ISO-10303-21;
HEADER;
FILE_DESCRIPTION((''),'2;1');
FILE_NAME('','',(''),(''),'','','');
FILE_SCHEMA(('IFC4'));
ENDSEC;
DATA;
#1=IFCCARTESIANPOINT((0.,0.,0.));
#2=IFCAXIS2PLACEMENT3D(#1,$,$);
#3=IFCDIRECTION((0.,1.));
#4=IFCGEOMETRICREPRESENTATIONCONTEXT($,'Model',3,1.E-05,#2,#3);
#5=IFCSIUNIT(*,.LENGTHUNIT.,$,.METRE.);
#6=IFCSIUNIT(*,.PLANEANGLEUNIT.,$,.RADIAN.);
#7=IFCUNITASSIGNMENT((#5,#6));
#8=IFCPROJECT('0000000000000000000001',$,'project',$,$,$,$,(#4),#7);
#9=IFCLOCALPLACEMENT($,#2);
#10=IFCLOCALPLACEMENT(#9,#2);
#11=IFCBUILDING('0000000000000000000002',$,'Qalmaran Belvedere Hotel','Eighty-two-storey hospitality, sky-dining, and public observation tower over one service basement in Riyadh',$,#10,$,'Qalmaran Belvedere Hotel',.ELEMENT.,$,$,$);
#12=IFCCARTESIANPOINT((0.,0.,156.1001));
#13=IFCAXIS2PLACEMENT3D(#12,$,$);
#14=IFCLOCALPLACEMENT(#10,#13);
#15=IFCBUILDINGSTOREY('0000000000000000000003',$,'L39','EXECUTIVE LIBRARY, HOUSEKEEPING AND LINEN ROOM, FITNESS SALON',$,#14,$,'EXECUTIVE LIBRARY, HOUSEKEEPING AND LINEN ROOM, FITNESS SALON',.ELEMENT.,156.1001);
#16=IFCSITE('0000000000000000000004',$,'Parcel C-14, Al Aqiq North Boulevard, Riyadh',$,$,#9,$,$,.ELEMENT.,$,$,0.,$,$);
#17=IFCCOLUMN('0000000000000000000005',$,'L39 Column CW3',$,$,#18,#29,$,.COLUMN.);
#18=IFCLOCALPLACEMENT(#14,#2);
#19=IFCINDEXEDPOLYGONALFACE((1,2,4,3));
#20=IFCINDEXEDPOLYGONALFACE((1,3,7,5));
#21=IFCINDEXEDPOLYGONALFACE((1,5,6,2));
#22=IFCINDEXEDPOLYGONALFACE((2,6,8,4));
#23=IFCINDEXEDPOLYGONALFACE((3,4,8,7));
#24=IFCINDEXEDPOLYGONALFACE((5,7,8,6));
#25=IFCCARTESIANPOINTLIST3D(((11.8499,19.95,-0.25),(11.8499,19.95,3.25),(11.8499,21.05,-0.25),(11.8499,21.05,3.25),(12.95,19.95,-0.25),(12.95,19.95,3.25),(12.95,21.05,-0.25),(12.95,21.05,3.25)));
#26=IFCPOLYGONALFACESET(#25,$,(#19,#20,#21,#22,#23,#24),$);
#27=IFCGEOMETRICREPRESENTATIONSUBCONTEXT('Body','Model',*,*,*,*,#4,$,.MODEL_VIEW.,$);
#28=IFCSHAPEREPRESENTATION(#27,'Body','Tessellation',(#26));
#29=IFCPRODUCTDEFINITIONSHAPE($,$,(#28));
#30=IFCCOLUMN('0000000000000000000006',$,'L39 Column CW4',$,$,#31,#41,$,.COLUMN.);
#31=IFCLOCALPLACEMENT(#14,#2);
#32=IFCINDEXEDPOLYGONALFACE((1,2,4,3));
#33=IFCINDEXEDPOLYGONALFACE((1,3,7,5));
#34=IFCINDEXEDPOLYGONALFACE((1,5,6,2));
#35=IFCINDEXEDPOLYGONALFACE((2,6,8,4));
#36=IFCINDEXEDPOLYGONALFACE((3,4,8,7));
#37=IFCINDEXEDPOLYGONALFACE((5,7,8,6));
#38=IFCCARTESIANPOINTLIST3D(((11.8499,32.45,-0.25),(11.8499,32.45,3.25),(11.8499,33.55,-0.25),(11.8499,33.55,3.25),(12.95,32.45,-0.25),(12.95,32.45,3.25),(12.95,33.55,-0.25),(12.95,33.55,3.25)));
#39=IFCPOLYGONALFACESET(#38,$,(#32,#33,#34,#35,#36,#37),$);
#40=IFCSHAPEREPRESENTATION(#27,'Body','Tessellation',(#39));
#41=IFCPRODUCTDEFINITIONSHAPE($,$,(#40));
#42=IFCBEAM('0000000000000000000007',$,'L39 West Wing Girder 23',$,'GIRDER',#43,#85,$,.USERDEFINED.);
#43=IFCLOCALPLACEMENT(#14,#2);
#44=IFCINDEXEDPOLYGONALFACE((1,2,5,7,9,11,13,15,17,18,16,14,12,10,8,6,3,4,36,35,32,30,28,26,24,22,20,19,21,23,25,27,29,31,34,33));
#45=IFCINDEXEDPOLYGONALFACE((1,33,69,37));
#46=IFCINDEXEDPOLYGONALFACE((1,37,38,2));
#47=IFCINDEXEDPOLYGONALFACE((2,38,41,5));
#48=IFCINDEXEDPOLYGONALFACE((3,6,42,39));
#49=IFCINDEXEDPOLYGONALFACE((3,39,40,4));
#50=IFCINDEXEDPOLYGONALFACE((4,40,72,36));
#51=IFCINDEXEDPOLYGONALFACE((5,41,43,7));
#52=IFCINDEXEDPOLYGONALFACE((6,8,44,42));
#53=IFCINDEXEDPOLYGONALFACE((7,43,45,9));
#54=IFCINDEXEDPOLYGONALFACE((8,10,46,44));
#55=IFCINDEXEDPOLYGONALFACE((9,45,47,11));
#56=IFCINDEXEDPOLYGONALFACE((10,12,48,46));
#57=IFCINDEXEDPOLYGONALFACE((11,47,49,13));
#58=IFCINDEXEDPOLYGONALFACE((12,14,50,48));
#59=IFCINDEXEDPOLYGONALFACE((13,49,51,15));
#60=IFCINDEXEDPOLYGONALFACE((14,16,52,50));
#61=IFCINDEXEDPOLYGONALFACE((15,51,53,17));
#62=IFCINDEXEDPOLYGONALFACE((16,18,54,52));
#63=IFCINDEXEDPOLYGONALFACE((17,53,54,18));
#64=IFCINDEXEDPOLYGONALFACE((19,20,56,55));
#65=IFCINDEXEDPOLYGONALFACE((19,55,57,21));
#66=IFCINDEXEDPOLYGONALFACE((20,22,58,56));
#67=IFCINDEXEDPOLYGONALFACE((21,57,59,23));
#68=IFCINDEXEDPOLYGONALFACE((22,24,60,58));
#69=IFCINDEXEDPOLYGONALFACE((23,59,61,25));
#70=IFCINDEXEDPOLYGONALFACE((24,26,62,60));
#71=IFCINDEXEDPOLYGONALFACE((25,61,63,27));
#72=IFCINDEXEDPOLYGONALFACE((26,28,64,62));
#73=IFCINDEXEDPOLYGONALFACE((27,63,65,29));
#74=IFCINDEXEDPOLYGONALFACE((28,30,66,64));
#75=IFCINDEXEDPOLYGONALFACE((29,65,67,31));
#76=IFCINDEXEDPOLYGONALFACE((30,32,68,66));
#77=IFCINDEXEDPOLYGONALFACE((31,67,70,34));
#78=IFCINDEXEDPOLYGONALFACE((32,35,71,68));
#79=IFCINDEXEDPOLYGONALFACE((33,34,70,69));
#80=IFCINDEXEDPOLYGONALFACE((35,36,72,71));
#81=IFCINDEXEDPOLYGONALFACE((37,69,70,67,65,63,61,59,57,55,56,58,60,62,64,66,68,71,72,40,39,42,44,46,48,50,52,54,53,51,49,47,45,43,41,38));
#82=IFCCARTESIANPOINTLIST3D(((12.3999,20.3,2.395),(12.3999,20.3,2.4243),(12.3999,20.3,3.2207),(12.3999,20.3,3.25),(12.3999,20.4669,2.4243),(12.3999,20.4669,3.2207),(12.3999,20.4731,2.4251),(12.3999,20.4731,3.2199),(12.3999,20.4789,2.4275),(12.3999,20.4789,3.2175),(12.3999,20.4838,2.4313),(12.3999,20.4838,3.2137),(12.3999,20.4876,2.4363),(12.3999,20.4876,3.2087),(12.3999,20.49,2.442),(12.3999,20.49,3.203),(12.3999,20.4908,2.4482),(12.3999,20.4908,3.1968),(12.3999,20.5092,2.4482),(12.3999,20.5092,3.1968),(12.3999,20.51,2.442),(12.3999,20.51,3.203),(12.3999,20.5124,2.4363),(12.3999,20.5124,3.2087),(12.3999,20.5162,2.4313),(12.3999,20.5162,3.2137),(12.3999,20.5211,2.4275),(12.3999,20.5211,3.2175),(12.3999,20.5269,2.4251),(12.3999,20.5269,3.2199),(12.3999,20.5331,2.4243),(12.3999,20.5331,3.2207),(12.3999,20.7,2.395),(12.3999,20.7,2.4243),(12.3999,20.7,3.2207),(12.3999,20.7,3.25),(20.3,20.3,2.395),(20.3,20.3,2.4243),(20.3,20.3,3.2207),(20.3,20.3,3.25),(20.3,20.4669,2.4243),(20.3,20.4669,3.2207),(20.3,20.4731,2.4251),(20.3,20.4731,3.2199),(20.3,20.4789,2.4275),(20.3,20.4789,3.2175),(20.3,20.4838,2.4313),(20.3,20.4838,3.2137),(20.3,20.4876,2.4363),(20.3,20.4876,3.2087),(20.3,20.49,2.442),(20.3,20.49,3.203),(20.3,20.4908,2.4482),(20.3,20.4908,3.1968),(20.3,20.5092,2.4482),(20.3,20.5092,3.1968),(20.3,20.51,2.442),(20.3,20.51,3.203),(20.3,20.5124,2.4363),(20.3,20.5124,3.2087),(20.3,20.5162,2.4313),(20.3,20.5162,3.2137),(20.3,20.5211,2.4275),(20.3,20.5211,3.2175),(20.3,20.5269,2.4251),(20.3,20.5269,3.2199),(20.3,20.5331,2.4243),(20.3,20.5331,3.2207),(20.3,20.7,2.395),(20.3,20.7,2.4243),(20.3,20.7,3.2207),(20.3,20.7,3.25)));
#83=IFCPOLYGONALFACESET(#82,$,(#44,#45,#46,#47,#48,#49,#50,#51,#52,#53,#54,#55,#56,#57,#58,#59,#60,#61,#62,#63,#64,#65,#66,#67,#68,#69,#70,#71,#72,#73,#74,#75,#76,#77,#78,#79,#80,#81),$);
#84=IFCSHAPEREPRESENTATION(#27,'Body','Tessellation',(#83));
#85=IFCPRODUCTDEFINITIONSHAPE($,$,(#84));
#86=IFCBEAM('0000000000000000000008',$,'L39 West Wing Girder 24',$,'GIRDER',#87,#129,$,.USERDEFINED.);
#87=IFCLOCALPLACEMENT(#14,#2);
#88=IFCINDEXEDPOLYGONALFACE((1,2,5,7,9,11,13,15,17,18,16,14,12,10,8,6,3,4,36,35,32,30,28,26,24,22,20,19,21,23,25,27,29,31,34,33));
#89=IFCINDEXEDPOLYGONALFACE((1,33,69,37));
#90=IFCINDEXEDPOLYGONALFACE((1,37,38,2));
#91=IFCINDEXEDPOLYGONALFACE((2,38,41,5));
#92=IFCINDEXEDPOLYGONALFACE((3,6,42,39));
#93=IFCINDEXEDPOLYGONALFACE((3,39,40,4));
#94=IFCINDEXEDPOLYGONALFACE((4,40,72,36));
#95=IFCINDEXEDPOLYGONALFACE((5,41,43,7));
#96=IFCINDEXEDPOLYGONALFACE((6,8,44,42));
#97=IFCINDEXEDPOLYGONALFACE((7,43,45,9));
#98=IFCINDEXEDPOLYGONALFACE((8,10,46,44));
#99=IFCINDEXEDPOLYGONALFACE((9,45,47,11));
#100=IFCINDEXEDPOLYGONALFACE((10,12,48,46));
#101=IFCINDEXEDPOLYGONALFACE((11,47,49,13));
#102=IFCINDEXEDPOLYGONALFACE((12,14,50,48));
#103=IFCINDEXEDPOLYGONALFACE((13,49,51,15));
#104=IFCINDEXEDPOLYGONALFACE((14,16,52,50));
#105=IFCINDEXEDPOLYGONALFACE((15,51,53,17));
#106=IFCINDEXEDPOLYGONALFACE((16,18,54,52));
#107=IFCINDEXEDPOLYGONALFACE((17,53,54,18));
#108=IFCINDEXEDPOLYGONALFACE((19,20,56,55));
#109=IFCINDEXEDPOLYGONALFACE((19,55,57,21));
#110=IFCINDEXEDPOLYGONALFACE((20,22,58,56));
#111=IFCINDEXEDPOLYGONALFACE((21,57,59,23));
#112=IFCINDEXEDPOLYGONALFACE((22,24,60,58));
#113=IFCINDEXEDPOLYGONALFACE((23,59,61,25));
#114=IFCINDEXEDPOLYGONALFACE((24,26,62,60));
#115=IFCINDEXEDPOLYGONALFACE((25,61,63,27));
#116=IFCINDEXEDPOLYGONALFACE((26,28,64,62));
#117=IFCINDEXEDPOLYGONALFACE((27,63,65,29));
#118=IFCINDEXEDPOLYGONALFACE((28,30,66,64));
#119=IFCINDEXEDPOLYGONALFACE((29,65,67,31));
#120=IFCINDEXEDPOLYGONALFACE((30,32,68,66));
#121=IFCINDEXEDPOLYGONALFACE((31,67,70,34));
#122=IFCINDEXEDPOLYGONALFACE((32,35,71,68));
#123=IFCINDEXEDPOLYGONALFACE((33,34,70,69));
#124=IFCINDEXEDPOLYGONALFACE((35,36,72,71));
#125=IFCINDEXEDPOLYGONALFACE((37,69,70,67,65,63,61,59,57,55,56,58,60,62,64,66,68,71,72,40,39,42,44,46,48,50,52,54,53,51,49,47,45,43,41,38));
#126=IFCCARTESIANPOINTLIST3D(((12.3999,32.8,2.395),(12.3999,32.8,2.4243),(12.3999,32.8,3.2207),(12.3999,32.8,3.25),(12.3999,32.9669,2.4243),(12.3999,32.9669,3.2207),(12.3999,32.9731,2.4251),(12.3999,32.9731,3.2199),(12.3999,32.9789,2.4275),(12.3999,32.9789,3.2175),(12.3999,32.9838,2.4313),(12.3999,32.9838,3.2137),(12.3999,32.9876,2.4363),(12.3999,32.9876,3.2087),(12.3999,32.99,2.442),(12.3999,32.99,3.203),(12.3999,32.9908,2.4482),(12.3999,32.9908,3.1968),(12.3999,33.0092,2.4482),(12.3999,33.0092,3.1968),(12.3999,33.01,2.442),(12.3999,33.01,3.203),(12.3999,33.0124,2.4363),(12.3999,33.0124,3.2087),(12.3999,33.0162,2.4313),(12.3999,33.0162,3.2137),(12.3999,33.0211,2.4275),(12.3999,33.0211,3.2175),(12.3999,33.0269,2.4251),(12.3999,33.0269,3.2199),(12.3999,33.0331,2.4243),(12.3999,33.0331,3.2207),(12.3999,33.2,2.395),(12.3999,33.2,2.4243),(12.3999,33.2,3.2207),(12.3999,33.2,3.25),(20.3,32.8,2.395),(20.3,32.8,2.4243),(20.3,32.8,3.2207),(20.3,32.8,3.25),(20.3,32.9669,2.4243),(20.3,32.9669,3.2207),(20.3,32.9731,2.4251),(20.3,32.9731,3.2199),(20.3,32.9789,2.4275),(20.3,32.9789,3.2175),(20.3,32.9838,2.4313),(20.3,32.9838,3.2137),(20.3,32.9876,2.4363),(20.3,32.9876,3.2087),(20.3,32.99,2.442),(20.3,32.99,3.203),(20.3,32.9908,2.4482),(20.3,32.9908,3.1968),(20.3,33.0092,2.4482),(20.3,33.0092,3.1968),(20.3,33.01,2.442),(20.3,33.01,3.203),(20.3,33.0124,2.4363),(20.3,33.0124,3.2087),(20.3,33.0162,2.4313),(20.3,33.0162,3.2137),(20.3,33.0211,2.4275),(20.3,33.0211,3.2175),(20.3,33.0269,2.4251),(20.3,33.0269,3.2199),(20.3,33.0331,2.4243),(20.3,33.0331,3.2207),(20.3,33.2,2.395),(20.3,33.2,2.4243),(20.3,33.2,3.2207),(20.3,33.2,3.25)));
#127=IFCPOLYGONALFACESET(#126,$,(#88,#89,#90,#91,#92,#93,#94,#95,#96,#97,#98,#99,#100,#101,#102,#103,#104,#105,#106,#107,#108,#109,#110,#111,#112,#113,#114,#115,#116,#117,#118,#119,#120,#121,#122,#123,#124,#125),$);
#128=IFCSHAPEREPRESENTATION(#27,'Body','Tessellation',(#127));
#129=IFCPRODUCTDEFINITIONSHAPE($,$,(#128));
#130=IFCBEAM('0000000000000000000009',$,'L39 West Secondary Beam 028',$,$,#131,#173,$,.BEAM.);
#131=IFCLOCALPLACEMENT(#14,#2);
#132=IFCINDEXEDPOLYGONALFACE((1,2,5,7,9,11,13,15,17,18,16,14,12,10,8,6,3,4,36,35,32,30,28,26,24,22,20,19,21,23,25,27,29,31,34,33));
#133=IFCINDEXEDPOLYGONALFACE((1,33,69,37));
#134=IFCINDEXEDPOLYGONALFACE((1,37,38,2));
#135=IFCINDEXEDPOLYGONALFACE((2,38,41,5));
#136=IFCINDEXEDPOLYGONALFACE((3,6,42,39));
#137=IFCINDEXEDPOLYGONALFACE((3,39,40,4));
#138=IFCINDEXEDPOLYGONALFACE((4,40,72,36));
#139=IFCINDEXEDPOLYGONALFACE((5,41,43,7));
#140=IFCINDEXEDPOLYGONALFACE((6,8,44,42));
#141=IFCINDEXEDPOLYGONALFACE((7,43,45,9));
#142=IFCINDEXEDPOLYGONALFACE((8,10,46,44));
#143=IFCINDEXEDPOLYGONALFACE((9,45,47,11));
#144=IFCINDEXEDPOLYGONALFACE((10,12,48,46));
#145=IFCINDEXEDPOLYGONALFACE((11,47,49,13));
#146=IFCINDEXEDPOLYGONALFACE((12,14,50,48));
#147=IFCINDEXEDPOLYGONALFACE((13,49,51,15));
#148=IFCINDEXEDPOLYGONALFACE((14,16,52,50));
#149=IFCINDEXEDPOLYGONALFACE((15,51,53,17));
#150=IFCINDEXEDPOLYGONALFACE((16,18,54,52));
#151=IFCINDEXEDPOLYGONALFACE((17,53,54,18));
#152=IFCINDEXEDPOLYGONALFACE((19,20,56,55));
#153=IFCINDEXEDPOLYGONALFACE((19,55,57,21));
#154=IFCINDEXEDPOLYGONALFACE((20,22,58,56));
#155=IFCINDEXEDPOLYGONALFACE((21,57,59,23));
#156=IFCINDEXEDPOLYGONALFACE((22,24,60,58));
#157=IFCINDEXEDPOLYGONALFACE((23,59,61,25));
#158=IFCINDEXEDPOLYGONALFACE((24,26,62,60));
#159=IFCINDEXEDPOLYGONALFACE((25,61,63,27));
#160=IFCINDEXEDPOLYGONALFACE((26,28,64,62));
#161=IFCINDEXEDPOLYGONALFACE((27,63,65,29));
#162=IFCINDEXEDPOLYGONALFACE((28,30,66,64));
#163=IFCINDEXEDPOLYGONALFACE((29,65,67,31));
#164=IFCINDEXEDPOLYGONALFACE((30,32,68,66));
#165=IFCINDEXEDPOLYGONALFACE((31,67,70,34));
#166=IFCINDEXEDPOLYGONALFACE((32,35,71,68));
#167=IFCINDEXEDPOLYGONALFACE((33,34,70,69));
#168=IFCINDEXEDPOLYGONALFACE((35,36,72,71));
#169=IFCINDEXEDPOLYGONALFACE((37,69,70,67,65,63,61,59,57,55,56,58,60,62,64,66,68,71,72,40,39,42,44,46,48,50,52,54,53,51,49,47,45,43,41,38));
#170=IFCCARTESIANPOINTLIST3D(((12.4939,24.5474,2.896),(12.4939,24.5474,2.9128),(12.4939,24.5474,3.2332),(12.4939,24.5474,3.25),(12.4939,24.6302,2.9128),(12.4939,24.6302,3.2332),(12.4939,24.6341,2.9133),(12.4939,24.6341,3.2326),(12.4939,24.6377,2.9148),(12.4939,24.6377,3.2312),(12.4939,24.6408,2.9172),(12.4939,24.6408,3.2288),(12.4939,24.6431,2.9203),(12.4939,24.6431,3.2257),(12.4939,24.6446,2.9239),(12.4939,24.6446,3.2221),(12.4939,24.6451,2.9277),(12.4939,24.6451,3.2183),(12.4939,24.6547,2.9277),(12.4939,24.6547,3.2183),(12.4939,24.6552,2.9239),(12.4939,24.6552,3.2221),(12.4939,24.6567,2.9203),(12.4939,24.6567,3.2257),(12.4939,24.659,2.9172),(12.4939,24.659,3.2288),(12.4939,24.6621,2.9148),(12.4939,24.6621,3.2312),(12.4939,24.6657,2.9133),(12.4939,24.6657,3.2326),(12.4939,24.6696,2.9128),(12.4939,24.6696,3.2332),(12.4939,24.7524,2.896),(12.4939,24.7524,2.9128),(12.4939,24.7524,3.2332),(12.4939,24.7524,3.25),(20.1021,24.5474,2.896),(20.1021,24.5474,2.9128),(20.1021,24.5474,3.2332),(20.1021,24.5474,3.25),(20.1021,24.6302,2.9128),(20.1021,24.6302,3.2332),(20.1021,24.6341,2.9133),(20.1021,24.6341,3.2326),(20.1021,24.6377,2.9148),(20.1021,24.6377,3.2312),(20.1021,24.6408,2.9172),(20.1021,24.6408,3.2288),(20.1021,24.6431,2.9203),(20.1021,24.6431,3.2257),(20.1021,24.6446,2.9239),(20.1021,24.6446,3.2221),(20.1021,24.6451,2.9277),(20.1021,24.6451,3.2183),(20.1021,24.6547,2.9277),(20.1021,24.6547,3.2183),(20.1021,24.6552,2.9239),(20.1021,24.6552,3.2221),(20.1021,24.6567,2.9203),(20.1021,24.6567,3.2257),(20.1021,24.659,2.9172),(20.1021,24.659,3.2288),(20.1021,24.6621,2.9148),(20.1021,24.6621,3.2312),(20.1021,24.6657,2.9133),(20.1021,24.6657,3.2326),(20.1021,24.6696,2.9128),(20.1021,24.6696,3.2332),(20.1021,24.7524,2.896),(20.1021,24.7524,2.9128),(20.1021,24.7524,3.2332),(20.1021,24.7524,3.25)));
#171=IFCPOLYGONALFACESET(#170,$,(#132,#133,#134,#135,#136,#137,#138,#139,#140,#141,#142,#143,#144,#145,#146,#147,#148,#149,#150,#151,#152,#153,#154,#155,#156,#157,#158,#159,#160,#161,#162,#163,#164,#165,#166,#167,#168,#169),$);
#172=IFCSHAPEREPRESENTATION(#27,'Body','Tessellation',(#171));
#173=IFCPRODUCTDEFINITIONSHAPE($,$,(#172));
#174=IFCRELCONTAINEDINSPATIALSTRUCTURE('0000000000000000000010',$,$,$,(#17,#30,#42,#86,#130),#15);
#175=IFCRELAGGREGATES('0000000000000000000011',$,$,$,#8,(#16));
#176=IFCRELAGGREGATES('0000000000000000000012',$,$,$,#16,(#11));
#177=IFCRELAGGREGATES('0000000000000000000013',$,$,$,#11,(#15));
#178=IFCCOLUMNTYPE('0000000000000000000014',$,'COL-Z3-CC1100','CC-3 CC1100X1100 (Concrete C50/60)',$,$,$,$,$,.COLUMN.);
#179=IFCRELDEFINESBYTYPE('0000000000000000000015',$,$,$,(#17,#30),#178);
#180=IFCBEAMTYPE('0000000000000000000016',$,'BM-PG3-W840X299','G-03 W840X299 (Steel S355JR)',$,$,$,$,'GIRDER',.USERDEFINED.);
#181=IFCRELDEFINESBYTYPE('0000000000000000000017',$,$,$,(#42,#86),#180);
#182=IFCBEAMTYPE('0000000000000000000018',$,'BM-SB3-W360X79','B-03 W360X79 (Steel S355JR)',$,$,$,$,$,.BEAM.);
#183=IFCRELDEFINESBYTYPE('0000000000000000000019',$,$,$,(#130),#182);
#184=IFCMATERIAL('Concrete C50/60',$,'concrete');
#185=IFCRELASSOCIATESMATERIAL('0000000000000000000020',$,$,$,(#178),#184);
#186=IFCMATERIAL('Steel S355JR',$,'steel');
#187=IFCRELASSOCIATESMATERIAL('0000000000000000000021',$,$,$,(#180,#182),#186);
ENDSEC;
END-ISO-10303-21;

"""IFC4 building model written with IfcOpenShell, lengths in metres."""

from ifc_helpers import new_model, si_unit, direction, frame, origin, origin_2d, place, context, subcontext, project, spatial, rectangle, i_section, extrude, material, material_profile, profile_set, type_object, element, save


model = new_model("IFC4")

# Units and contexts
model_context = context("Model", 3, precision=1e-05, world=origin(), true_north=direction((0.0, 1.0)))
body_context = subcontext(model_context, "Body", "Model", "MODEL_VIEW")
ifc_project = project(units=[si_unit("LENGTHUNIT", "METRE"), si_unit("PLANEANGLEUNIT", "RADIAN")], contexts=[model_context])

# Site, building, storey
site_placement = place(None, origin())
site = spatial("IfcSite", under=ifc_project, at=site_placement, Name="Parcel C-14, Al Aqiq North Boulevard, Riyadh", CompositionType="ELEMENT", RefElevation=0.0)
building_placement = place(site_placement, origin())
building = spatial("IfcBuilding", under=site, at=building_placement, Name="Qalmaran Belvedere Hotel", Description="Eighty-two-storey hospitality, sky-dining, and public observation tower over one service basement in Riyadh", LongName="Qalmaran Belvedere Hotel", CompositionType="ELEMENT")
storey_placement = place(building_placement, frame((0.0, 0.0, 156.1001)))
storey = spatial("IfcBuildingStorey", under=building, at=storey_placement, Name="L39", Description="EXECUTIVE LIBRARY, HOUSEKEEPING AND LINEN ROOM, FITNESS SALON", LongName="EXECUTIVE LIBRARY, HOUSEKEEPING AND LINEN ROOM, FITNESS SALON", CompositionType="ELEMENT", Elevation=156.1001)

# Columns
ifc_material_1 = material(Name="Concrete C50/60", Category="concrete")
ifc_material_profile_1 = material_profile(ifc_material_1, rectangle(XDim=1.1001, YDim=1.1001, at=origin_2d()), Name="CC1100X1100")
ifc_profile_set_1 = profile_set([ifc_material_profile_1], Name="Concrete C50/60")
column_type = type_object("IfcColumnType", Name="COL-Z3-CC1100", Description="CC-3 CC1100X1100 (Concrete C50/60)", PredefinedType="COLUMN", material=ifc_profile_set_1)
for number, where, z_axis, x_axis, name in (
    (1, (12.3999, 20.5, -0.25), (0.0, 0.0, 1.0), (1.0, 0.0, 0.0), "L39 Column CW3"),
    (2, (12.3999, 33.0, -0.25), (0.0, 0.0, 1.0), (1.0, 0.0, 0.0), "L39 Column CW4"),
):
    element("IfcColumn", number, at=place(storey_placement, frame(where, z_axis=z_axis, x_axis=x_axis)), inside=storey, type_object=column_type, Name=name, PredefinedType="COLUMN", context=body_context, shape_type="SweptSolid", body=[
        extrude(rectangle(XDim=1.1001, YDim=1.1001, at=origin_2d()), origin(), (0.0, 0.0, 1.0), 3.5),
    ])

# Beams
ifc_material_2 = material(Name="Steel S355JR", Category="steel")
ifc_material_profile_2 = material_profile(ifc_material_2, i_section(OverallWidth=0.3999, OverallDepth=0.855, WebThickness=0.0183, FlangeThickness=0.0293, FilletRadius=0.0239, at=origin_2d()), Name="W840X299")
ifc_profile_set_2 = profile_set([ifc_material_profile_2], Name="Steel S355JR")
beam_type_1 = type_object("IfcBeamType", Name="BM-PG3-W840X299", Description="G-03 W840X299 (Steel S355JR)", ElementType="GIRDER", PredefinedType="USERDEFINED", material=ifc_profile_set_2)
for number, where, z_axis, x_axis, name in (
    (3, (12.3999, 20.5, 2.8225), (1.0, 0.0, 0.0), (0.0, 1.0, 0.0), "L39 West Wing Girder 23"),
    (4, (12.3999, 33.0, 2.8225), (1.0, 0.0, 0.0), (0.0, 1.0, 0.0), "L39 West Wing Girder 24"),
):
    element("IfcBeam", number, at=place(storey_placement, frame(where, z_axis=z_axis, x_axis=x_axis)), inside=storey, type_object=beam_type_1, Name=name, ObjectType="GIRDER", PredefinedType="USERDEFINED", context=body_context, shape_type="SweptSolid", body=[
        extrude(i_section(OverallWidth=0.3999, OverallDepth=0.855, WebThickness=0.0183, FlangeThickness=0.0293, FilletRadius=0.0239, at=origin_2d()), origin(), (0.0, 0.0, 1.0), 7.9001),
    ])
ifc_material_profile_3 = material_profile(ifc_material_2, i_section(OverallWidth=0.2051, OverallDepth=0.354, WebThickness=0.0095, FlangeThickness=0.0168, FilletRadius=0.0149, at=origin_2d()), Name="W360X79")
ifc_profile_set_3 = profile_set([ifc_material_profile_3], Name="Steel S355JR")
beam_type_2 = type_object("IfcBeamType", Name="BM-SB3-W360X79", Description="B-03 W360X79 (Steel S355JR)", PredefinedType="BEAM", material=ifc_profile_set_3)
for number, where, z_axis, x_axis, name in (
    (5, (12.4939, 24.6499, 3.073), (1.0, 0.0, 0.0), (0.0, 1.0, 0.0), "L39 West Secondary Beam 028"),
):
    element("IfcBeam", number, at=place(storey_placement, frame(where, z_axis=z_axis, x_axis=x_axis)), inside=storey, type_object=beam_type_2, Name=name, PredefinedType="BEAM", context=body_context, shape_type="SweptSolid", body=[
        extrude(i_section(OverallWidth=0.2051, OverallDepth=0.354, WebThickness=0.0095, FlangeThickness=0.0168, FilletRadius=0.0149, at=origin_2d()), origin(), (0.0, 0.0, 1.0), 7.6082),
    ])

save(model, "model.ifc")
